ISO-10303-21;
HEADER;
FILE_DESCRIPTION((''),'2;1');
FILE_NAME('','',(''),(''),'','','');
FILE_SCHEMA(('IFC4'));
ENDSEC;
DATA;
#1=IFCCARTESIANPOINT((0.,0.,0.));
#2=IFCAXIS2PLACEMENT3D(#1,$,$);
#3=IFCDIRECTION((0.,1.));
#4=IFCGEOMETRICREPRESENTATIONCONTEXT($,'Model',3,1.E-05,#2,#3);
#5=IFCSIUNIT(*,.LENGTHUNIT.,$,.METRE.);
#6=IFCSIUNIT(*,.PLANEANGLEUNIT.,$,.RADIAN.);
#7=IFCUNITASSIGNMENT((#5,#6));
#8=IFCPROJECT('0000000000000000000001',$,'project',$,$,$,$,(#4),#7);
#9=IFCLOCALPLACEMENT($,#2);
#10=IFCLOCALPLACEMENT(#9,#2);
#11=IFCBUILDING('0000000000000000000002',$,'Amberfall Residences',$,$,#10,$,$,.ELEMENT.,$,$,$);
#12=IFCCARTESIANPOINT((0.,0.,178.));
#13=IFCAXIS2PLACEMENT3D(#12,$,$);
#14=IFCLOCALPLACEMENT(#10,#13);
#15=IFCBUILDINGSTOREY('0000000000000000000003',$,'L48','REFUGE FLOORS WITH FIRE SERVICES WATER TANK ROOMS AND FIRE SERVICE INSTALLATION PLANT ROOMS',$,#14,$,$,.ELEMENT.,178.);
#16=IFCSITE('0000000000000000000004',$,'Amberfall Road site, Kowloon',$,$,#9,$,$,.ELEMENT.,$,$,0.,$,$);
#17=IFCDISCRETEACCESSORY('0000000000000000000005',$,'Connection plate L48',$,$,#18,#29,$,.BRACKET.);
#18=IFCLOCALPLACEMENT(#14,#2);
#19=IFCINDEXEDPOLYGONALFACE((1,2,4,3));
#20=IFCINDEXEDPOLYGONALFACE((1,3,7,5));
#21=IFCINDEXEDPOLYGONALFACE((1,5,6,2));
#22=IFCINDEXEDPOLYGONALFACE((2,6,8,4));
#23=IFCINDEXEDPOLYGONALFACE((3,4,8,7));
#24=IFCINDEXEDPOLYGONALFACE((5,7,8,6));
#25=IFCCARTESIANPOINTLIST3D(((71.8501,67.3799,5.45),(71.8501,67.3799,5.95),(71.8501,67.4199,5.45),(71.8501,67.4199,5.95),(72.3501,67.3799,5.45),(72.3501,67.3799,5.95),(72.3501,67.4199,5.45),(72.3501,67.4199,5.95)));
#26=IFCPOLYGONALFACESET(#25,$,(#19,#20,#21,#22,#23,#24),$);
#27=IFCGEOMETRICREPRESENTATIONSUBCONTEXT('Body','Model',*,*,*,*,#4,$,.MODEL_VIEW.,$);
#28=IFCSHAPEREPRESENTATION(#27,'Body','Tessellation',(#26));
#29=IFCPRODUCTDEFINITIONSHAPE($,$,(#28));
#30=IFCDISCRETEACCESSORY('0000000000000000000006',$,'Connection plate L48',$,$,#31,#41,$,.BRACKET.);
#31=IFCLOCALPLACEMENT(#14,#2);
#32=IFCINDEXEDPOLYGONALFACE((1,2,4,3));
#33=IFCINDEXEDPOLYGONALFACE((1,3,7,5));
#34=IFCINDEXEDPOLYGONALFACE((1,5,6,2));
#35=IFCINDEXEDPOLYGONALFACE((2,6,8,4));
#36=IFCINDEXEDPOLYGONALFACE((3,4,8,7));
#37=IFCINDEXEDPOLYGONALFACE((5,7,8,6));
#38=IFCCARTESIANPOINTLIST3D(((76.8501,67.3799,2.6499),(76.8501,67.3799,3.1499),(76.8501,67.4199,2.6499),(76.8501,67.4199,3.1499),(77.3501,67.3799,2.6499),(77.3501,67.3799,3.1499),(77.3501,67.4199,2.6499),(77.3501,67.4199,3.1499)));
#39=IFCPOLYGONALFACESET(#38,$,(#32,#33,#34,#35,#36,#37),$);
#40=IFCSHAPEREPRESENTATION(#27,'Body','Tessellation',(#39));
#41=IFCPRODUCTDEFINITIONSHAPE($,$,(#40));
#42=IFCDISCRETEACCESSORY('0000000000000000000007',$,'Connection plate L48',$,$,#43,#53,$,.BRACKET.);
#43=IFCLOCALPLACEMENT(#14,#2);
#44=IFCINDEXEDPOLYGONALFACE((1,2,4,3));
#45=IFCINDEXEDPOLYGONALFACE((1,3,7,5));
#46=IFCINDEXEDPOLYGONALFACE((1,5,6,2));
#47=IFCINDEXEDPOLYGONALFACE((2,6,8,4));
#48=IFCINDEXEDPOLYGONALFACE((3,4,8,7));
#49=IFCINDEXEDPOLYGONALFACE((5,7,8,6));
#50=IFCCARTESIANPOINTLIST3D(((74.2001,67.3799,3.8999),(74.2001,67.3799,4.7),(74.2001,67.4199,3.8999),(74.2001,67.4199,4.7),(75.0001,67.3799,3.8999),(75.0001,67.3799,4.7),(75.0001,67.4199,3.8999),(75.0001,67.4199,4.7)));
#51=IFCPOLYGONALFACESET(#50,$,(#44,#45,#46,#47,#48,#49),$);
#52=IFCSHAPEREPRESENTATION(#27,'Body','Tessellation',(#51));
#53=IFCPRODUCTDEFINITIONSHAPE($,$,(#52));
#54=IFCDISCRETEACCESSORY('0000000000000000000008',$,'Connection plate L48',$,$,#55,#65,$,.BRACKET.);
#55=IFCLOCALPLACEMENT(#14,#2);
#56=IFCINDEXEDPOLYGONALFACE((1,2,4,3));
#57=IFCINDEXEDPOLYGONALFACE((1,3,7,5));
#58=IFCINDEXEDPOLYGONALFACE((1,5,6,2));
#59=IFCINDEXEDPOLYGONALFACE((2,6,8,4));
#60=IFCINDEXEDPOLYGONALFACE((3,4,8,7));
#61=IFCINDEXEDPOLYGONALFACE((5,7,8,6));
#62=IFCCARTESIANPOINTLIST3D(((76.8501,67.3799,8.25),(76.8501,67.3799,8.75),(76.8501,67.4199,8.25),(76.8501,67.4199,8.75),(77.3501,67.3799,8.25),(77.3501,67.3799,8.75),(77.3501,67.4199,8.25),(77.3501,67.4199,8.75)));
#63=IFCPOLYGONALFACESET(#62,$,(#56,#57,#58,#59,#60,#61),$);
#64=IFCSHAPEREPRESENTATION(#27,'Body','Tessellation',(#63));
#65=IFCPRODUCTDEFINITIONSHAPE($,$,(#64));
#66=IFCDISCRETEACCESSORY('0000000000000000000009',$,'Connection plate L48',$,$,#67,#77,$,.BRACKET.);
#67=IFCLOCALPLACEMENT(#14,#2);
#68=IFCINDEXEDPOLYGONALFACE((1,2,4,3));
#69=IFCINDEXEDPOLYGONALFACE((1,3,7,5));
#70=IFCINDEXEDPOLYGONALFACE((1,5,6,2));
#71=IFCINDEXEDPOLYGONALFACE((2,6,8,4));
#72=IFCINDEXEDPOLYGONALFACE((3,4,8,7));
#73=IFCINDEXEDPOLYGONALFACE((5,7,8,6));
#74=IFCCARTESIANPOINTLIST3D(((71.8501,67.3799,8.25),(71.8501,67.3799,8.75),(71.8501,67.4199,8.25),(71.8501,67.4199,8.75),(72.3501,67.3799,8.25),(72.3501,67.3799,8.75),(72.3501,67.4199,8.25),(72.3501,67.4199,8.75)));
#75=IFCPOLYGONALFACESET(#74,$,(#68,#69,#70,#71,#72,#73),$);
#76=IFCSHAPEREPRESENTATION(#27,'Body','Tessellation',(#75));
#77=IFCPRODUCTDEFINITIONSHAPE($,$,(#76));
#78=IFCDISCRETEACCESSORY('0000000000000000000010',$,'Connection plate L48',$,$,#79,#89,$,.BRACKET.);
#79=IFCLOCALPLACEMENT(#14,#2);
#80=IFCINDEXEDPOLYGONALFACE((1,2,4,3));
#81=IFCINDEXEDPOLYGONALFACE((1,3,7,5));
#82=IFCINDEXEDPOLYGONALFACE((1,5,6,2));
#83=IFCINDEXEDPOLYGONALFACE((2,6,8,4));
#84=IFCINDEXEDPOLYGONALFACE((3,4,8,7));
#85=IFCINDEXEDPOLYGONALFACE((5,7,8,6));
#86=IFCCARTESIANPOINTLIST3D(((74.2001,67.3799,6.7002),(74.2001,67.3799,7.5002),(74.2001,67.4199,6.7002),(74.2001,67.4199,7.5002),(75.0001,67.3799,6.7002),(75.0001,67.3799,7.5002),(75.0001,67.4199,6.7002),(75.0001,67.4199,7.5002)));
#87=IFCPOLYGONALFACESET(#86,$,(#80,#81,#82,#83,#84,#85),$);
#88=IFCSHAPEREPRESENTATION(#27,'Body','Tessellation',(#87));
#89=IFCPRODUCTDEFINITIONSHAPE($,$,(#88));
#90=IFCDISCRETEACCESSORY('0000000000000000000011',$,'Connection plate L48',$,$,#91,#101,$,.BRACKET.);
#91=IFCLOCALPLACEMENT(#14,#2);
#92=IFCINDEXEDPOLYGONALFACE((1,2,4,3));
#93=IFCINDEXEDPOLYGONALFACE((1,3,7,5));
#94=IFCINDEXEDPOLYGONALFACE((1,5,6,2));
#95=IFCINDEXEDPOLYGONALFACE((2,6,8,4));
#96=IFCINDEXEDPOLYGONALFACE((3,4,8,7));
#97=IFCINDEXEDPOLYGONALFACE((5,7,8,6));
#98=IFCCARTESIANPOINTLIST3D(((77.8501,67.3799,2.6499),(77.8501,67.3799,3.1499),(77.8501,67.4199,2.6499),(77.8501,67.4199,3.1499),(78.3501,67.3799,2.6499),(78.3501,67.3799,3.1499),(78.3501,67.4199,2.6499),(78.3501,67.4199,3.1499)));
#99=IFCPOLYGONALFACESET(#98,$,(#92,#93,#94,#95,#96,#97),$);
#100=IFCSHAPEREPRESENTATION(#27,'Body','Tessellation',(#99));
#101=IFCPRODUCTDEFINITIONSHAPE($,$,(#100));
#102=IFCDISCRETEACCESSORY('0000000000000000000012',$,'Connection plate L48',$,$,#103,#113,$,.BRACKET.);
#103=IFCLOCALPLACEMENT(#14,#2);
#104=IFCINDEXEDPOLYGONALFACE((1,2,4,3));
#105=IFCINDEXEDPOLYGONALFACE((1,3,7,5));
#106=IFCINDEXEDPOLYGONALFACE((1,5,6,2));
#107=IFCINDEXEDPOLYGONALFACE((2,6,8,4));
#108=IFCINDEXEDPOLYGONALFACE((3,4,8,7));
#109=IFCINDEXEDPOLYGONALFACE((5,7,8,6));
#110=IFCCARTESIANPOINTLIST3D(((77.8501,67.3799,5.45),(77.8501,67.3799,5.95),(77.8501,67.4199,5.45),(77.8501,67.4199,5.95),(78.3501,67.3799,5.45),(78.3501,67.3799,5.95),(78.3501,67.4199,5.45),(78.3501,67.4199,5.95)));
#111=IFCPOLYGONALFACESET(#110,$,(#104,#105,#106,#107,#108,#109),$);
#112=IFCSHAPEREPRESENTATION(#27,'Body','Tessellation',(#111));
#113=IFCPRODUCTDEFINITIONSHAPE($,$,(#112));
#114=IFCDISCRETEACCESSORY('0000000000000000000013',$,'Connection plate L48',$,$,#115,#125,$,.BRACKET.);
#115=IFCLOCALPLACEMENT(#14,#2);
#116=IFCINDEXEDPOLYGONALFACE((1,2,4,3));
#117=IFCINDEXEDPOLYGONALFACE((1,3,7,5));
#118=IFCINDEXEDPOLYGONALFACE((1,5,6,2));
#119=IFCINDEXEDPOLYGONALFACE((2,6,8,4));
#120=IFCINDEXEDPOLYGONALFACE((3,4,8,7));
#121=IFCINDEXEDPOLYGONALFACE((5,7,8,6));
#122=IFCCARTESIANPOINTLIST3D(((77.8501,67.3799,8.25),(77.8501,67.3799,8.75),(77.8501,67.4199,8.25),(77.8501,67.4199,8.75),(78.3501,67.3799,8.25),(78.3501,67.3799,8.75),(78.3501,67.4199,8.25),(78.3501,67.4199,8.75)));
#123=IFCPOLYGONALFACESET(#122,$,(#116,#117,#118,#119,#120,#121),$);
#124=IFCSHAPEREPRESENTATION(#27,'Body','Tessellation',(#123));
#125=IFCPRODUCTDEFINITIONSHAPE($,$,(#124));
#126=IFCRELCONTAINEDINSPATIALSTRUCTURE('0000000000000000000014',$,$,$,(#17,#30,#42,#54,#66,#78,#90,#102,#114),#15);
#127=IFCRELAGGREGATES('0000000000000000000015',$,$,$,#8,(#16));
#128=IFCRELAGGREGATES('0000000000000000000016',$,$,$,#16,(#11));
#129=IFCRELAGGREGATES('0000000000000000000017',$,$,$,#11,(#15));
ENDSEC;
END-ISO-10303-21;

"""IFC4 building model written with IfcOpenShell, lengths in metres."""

from ifc_helpers import new_model, si_unit, direction, frame, origin, origin_2d, place, context, subcontext, project, spatial, rectangle, extrude, element, save


model = new_model("IFC4")

# Units and contexts
model_context = context("Model", 3, precision=1e-05, world=origin(), true_north=direction((0.0, 1.0)))
body_context = subcontext(model_context, "Body", "Model", "MODEL_VIEW")
ifc_project = project(units=[si_unit("LENGTHUNIT", "METRE"), si_unit("PLANEANGLEUNIT", "RADIAN")], contexts=[model_context])

# Site, building, storey
site_placement = place(None, origin())
site = spatial("IfcSite", under=ifc_project, at=site_placement, Name="Amberfall Road site, Kowloon", CompositionType="ELEMENT", RefElevation=0.0)
building_placement = place(site_placement, origin())
building = spatial("IfcBuilding", under=site, at=building_placement, Name="Amberfall Residences", CompositionType="ELEMENT")
storey_placement = place(building_placement, frame((0.0, 0.0, 178.0)))
storey = spatial("IfcBuildingStorey", under=building, at=storey_placement, Name="L48", Description="REFUGE FLOORS WITH FIRE SERVICES WATER TANK ROOMS AND FIRE SERVICE INSTALLATION PLANT ROOMS", CompositionType="ELEMENT", Elevation=178.0)

# Discrete accessories
for number, where, z_axis, x_axis, name in (
    (1, (72.1001, 67.3999, 5.45), (0.0, 0.0, 1.0), (1.0, 0.0, 0.0), "Connection plate L48"),
    (2, (77.1001, 67.3999, 2.6499), (0.0, 0.0, 1.0), (1.0, 0.0, 0.0), "Connection plate L48"),
):
    element("IfcDiscreteAccessory", number, at=place(storey_placement, frame(where, z_axis=z_axis, x_axis=x_axis)), inside=storey, Name=name, PredefinedType="BRACKET", context=body_context, shape_type="SweptSolid", body=[
        extrude(rectangle(XDim=0.5, YDim=0.04, at=origin_2d()), origin(), (0.0, 0.0, 1.0), 0.5),
    ])
discrete_accessory_1_placement = place(storey_placement, frame((74.6001, 67.3999, 3.8999), z_axis=(0.0, 0.0, 1.0), x_axis=(1.0, 0.0, 0.0)))
element("IfcDiscreteAccessory", 3, at=discrete_accessory_1_placement, inside=storey, Name="Connection plate L48", PredefinedType="BRACKET", context=body_context, shape_type="SweptSolid", body=[
    extrude(rectangle(XDim=0.8, YDim=0.04, at=origin_2d()), origin(), (0.0, 0.0, 1.0), 0.8),
])
for number, where, z_axis, x_axis, name in (
    (4, (77.1001, 67.3999, 8.25), (0.0, 0.0, 1.0), (1.0, 0.0, 0.0), "Connection plate L48"),
    (5, (72.1001, 67.3999, 8.25), (0.0, 0.0, 1.0), (1.0, 0.0, 0.0), "Connection plate L48"),
):
    element("IfcDiscreteAccessory", number, at=place(storey_placement, frame(where, z_axis=z_axis, x_axis=x_axis)), inside=storey, Name=name, PredefinedType="BRACKET", context=body_context, shape_type="SweptSolid", body=[
        extrude(rectangle(XDim=0.5, YDim=0.04, at=origin_2d()), origin(), (0.0, 0.0, 1.0), 0.5),
    ])
discrete_accessory_2_placement = place(storey_placement, frame((74.6001, 67.3999, 6.7002), z_axis=(0.0, 0.0, 1.0), x_axis=(1.0, 0.0, 0.0)))
element("IfcDiscreteAccessory", 6, at=discrete_accessory_2_placement, inside=storey, Name="Connection plate L48", PredefinedType="BRACKET", context=body_context, shape_type="SweptSolid", body=[
    extrude(rectangle(XDim=0.8, YDim=0.04, at=origin_2d()), origin(), (0.0, 0.0, 1.0), 0.8),
])
for number, where, z_axis, x_axis, name in (
    (7, (78.1001, 67.3999, 2.6499), (0.0, 0.0, 1.0), (1.0, 0.0, 0.0), "Connection plate L48"),
    (8, (78.1001, 67.3999, 5.45), (0.0, 0.0, 1.0), (1.0, 0.0, 0.0), "Connection plate L48"),
    (9, (78.1001, 67.3999, 8.25), (0.0, 0.0, 1.0), (1.0, 0.0, 0.0), "Connection plate L48"),
):
    element("IfcDiscreteAccessory", number, at=place(storey_placement, frame(where, z_axis=z_axis, x_axis=x_axis)), inside=storey, Name=name, PredefinedType="BRACKET", context=body_context, shape_type="SweptSolid", body=[
        extrude(rectangle(XDim=0.5, YDim=0.04, at=origin_2d()), origin(), (0.0, 0.0, 1.0), 0.5),
    ])

save(model, "model.ifc")
